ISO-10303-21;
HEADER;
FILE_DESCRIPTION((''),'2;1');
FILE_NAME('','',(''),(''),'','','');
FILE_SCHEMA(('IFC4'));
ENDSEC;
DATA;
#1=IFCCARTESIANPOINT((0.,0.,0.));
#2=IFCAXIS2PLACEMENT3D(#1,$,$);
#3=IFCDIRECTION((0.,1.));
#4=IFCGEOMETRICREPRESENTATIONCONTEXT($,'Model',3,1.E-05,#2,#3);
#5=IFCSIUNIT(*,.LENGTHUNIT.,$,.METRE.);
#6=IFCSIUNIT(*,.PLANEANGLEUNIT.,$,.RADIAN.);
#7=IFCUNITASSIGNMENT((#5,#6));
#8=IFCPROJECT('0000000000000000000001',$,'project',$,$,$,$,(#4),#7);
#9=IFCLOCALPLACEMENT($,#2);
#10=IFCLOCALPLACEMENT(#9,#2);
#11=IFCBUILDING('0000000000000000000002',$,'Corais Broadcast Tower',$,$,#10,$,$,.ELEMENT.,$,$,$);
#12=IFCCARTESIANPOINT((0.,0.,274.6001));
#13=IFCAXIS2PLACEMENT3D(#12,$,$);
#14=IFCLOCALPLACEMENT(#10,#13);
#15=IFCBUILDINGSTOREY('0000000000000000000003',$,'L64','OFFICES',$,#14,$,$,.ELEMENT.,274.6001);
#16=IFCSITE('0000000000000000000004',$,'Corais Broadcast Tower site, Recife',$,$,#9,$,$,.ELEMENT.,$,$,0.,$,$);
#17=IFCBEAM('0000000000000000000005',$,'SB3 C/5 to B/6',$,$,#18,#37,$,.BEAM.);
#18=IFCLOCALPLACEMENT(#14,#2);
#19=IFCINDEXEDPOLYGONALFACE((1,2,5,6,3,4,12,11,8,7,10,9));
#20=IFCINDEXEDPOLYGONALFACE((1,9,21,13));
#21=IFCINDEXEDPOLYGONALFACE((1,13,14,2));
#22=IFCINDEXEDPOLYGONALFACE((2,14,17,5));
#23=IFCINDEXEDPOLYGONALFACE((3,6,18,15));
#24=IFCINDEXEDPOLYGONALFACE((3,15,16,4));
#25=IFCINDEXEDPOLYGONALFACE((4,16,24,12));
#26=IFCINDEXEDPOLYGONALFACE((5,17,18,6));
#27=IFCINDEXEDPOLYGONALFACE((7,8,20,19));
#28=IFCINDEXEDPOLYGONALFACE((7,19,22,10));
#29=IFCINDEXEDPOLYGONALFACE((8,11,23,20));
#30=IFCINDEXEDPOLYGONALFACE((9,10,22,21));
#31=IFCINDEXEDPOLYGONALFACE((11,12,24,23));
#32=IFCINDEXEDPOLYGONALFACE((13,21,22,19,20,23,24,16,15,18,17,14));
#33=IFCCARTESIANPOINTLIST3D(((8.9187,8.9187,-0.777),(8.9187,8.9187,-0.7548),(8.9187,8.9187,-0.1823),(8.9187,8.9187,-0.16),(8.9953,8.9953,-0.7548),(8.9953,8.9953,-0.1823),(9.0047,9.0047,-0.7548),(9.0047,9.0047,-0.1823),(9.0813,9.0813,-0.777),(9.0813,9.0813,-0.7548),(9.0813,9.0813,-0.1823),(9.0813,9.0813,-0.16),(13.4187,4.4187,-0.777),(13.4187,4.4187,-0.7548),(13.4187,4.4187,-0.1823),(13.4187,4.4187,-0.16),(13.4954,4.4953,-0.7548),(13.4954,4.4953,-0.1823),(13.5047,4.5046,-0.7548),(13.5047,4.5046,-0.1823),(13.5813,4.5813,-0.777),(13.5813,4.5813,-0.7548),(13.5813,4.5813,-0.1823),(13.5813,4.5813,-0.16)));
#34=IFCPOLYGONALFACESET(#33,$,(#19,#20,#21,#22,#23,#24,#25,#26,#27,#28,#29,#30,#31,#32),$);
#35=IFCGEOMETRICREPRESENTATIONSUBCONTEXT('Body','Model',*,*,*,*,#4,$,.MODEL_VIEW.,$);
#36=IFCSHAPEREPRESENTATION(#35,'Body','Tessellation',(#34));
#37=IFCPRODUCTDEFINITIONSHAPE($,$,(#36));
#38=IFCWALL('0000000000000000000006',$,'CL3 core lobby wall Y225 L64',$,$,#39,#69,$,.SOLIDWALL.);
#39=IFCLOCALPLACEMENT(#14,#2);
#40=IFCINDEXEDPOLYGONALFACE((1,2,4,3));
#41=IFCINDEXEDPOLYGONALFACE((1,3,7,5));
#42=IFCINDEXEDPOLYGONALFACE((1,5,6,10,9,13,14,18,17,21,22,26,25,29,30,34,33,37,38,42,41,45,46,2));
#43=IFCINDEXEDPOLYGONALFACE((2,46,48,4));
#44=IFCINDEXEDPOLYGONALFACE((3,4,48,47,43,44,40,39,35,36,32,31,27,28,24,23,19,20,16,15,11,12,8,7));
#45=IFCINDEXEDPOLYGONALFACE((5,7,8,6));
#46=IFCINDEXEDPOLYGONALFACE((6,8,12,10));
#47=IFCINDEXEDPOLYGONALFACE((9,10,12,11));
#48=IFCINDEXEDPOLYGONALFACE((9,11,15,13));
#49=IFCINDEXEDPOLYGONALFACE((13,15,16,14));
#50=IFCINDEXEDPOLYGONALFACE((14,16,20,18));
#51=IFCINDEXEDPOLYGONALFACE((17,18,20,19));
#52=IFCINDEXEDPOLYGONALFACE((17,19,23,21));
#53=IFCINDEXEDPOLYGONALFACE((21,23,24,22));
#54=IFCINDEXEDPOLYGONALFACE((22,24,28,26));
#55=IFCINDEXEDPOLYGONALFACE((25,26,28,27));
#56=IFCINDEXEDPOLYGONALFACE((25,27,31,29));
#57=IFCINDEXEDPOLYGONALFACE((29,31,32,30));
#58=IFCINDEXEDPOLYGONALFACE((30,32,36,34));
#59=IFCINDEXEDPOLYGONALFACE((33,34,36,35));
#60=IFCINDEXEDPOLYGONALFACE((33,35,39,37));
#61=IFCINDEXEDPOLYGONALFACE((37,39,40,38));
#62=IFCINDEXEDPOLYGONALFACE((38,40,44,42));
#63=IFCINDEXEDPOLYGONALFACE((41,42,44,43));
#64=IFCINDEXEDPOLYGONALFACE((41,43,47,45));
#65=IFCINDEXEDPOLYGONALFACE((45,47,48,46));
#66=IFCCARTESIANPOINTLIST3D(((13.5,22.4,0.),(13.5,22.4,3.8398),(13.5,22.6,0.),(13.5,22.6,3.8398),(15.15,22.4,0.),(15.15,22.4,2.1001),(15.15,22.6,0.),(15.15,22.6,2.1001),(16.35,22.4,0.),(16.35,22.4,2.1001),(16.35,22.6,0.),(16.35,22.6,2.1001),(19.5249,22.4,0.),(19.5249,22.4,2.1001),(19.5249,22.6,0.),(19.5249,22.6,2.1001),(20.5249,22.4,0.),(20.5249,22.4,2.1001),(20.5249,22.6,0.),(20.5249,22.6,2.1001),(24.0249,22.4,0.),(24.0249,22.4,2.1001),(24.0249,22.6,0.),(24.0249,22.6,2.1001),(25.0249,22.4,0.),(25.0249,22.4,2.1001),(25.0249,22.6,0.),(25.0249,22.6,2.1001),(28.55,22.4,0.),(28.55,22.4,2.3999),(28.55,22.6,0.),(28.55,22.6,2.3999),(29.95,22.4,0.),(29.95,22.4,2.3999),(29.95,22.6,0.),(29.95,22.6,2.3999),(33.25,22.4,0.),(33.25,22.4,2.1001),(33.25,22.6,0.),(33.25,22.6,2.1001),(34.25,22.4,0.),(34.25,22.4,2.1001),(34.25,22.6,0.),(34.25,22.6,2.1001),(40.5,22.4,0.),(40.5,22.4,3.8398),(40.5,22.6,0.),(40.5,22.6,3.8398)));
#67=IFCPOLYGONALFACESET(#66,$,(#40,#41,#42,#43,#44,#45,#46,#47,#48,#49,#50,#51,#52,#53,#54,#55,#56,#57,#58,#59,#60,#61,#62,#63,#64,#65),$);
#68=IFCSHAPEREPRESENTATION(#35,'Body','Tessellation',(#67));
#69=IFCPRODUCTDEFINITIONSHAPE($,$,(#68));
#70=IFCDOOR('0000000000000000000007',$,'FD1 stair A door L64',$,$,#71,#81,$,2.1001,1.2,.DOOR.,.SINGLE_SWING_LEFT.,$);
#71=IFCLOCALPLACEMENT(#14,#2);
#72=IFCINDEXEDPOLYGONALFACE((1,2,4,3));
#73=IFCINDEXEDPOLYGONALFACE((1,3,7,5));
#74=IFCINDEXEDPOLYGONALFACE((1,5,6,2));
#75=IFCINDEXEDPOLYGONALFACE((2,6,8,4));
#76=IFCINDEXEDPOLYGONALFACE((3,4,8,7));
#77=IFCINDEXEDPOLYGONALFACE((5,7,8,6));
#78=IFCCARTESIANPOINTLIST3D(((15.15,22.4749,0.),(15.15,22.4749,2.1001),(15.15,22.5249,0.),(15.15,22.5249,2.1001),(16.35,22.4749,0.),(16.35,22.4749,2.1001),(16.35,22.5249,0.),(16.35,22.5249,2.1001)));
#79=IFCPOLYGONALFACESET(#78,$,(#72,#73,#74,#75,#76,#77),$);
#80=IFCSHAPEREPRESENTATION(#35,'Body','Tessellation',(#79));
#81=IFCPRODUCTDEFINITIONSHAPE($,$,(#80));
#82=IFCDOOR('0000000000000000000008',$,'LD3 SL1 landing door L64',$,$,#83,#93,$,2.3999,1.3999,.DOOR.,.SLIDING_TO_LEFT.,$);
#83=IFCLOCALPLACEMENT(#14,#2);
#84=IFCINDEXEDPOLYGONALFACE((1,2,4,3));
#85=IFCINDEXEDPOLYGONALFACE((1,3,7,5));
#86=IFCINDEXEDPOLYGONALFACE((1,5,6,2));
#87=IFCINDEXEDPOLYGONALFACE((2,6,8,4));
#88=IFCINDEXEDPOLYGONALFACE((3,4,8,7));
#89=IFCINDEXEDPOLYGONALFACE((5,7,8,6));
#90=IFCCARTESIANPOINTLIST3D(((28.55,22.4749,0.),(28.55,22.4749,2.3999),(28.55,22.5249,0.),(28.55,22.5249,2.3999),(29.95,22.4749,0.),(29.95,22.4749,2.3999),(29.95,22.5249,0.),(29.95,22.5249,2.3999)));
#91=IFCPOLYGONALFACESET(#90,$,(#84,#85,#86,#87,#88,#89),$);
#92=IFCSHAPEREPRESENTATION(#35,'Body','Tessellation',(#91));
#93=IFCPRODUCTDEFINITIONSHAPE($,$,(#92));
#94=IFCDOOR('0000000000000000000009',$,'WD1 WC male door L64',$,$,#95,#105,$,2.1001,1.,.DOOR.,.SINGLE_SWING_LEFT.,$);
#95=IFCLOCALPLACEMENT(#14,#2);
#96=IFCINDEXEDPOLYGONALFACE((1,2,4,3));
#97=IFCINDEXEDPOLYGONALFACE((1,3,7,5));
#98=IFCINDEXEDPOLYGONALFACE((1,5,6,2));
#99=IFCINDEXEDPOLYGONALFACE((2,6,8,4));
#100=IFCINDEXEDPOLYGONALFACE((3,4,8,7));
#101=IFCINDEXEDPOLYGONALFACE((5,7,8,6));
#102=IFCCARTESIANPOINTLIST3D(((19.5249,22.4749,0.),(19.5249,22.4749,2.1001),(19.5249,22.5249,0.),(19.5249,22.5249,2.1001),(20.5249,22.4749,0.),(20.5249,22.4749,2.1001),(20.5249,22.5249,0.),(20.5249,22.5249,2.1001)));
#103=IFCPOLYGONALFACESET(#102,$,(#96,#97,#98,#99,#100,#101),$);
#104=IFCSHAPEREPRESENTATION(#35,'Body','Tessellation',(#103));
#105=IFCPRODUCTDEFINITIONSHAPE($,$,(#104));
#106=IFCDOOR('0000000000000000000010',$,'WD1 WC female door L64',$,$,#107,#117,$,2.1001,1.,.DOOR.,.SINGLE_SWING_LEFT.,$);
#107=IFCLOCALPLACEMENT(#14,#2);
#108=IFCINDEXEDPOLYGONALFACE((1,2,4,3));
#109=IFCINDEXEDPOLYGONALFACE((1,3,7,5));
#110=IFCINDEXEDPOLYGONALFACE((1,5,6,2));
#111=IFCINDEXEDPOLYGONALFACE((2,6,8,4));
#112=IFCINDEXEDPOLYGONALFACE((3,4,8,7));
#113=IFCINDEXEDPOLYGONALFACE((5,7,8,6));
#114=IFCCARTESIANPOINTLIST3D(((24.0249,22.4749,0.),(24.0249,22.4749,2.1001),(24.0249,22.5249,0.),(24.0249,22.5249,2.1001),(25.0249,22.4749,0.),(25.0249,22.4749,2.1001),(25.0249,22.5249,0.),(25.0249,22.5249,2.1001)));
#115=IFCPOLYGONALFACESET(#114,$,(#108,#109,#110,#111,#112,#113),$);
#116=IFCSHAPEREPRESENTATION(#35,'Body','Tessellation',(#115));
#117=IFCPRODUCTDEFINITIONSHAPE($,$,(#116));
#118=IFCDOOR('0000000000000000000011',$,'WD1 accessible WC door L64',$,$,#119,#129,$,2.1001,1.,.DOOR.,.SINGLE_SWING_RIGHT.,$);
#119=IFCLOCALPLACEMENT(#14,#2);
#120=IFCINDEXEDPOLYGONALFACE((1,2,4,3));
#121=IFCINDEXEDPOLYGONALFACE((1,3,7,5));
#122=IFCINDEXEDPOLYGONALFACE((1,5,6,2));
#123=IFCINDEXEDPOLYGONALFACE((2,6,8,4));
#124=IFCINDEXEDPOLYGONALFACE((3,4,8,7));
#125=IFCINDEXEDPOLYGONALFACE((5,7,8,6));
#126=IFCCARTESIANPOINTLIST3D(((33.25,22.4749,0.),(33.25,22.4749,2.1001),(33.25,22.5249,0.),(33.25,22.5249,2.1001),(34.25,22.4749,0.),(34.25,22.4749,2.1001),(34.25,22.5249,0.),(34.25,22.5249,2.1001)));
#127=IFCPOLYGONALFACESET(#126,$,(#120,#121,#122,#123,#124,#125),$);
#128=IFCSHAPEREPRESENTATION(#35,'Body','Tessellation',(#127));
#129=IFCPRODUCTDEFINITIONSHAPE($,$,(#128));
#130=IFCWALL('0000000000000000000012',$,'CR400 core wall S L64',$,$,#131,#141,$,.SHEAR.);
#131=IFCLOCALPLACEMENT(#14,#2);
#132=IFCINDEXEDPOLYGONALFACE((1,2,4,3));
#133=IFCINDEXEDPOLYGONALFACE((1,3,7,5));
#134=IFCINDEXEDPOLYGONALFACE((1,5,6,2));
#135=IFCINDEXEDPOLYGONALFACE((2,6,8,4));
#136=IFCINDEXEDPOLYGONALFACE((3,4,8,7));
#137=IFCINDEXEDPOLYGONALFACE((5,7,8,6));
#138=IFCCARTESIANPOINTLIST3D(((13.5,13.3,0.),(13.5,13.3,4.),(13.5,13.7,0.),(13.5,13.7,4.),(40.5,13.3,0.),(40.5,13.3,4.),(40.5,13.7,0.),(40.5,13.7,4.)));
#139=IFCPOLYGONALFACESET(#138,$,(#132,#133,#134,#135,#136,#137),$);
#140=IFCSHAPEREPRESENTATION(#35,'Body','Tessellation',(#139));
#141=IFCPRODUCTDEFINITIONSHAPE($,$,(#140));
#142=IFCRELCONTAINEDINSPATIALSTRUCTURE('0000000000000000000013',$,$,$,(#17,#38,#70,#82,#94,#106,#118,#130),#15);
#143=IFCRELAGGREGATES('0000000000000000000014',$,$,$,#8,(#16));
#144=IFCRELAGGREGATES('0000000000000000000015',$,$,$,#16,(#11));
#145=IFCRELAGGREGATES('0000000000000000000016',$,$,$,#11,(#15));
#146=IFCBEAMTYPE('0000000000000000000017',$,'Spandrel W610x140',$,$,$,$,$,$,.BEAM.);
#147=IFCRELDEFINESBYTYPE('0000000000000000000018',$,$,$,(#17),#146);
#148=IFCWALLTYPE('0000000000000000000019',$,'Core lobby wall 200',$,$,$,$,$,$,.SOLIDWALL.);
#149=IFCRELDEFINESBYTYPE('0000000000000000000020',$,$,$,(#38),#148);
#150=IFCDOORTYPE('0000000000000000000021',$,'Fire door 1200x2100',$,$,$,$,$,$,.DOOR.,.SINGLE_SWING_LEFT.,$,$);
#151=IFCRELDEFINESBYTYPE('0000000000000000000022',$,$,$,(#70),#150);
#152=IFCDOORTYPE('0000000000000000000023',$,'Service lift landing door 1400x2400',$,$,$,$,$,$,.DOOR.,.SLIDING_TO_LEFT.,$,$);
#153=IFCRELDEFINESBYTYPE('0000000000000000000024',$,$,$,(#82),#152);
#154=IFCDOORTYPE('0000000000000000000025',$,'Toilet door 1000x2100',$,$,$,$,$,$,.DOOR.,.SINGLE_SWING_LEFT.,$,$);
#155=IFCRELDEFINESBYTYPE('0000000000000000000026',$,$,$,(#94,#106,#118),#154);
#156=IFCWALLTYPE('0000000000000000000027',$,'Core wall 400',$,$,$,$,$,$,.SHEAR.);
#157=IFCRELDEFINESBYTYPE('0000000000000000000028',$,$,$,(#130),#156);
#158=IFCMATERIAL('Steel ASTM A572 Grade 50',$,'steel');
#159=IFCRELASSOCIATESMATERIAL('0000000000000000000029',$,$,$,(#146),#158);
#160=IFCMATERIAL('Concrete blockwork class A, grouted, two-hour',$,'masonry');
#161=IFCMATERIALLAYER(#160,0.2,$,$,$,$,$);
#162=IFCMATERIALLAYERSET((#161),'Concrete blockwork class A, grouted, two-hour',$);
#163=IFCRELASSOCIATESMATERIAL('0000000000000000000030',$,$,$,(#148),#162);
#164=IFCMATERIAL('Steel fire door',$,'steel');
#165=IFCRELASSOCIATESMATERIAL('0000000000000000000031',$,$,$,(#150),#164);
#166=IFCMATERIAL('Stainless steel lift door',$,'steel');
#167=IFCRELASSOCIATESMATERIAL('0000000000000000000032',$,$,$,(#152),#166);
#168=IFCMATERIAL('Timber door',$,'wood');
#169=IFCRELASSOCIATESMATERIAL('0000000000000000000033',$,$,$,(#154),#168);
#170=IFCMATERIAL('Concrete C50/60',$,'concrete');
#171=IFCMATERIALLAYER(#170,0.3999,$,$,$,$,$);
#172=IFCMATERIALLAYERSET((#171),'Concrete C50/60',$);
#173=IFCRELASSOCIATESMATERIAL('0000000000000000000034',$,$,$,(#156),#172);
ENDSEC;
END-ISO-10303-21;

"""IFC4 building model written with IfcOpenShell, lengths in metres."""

from ifc_helpers import new_model, si_unit, direction, frame, frame_2d, origin, origin_2d, place, context, subcontext, project, spatial, rectangle, i_section, extrude, material, layer, layer_set, material_profile, profile_set, type_object, element, fill, save


model = new_model("IFC4")

# Units and contexts
model_context = context("Model", 3, precision=1e-05, world=origin(), true_north=direction((0.0, 1.0)))
body_context = subcontext(model_context, "Body", "Model", "MODEL_VIEW")
ifc_project = project(units=[si_unit("LENGTHUNIT", "METRE"), si_unit("PLANEANGLEUNIT", "RADIAN")], contexts=[model_context])

# Site, building, storey
site_placement = place(None, origin())
site = spatial("IfcSite", under=ifc_project, at=site_placement, Name="Corais Broadcast Tower site, Recife", CompositionType="ELEMENT", RefElevation=0.0)
building_placement = place(site_placement, origin())
building = spatial("IfcBuilding", under=site, at=building_placement, Name="Corais Broadcast Tower", CompositionType="ELEMENT")
storey_placement = place(building_placement, frame((0.0, 0.0, 274.6001)))
storey = spatial("IfcBuildingStorey", under=building, at=storey_placement, Name="L64", Description="OFFICES", CompositionType="ELEMENT", Elevation=274.6001)

# Beam
ifc_material_1 = material(Name="Steel ASTM A572 Grade 50", Category="steel")
ifc_material_profile = material_profile(ifc_material_1, i_section(OverallWidth=0.23, OverallDepth=0.6169, WebThickness=0.0132, FlangeThickness=0.0222, at=origin_2d()), Name="W610x140")
ifc_profile_set = profile_set([ifc_material_profile], Name="Steel ASTM A572 Grade 50")
beam_type = type_object("IfcBeamType", Name="Spandrel W610x140", PredefinedType="BEAM", material=ifc_profile_set)
beam_placement = place(storey_placement, frame((9.0, 9.0, -0.4685), z_axis=(0.707107, -0.707107, 0.0), x_axis=(0.707107, 0.707107, 0.0)))
element("IfcBeam", 1, at=beam_placement, inside=storey, type_object=beam_type, Name="SB3 C/5 to B/6", PredefinedType="BEAM", context=body_context, shape_type="SweptSolid", body=[
    extrude(i_section(OverallWidth=0.23, OverallDepth=0.6169, WebThickness=0.0132, FlangeThickness=0.0222, at=origin_2d()), origin(), (0.0, 0.0, 1.0), 6.364),
])

# Wall, openings, doors
ifc_material_2 = material(Name="Concrete blockwork class A, grouted, two-hour", Category="masonry")
ifc_layer_1 = layer(ifc_material_2, 0.2)
ifc_layer_set_1 = layer_set([ifc_layer_1], Name="Concrete blockwork class A, grouted, two-hour")
wall_type_1 = type_object("IfcWallType", Name="Core lobby wall 200", PredefinedType="SOLIDWALL", material=ifc_layer_set_1)
wall_1_placement = place(storey_placement, frame((13.5, 22.5, 0.0), z_axis=(0.0, 0.0, 1.0), x_axis=(1.0, 0.0, 0.0)))
wall_1 = element("IfcWall", 2, at=wall_1_placement, inside=storey, type_object=wall_type_1, Name="CL3 core lobby wall Y225 L64", PredefinedType="SOLIDWALL", context=body_context, shape_type="SweptSolid", body=[
    extrude(rectangle(XDim=27.0, YDim=0.2, at=frame_2d((13.5, 0.0))), origin(), (0.0, 0.0, 1.0), 3.8398),
])
opening_1_placement = place(wall_1_placement, frame((1.6499, 0.0, 0.0)))
opening_1 = element("IfcOpeningElement", 3, at=opening_1_placement, cuts=wall_1, PredefinedType="OPENING", context=body_context, shape_type="SweptSolid", body=[
    extrude(rectangle(XDim=1.2, YDim=2.1001, at=frame_2d((0.6001, 1.05))), frame((0.0, 0.1099, 0.0), z_axis=(0.0, -1.0, 0.0), x_axis=(1.0, 0.0, 0.0)), (0.0, 0.0, 1.0), 0.22),
])
opening_2_placement = place(wall_1_placement, frame((6.0249, 0.0, 0.0)))
opening_2 = element("IfcOpeningElement", 4, at=opening_2_placement, cuts=wall_1, PredefinedType="OPENING", context=body_context, shape_type="SweptSolid", body=[
    extrude(rectangle(XDim=1.0, YDim=2.1001, at=frame_2d((0.5, 1.05))), frame((0.0, 0.1099, 0.0), z_axis=(0.0, -1.0, 0.0), x_axis=(1.0, 0.0, 0.0)), (0.0, 0.0, 1.0), 0.22),
])
opening_3_placement = place(wall_1_placement, frame((10.5249, 0.0, 0.0)))
opening_3 = element("IfcOpeningElement", 5, at=opening_3_placement, cuts=wall_1, PredefinedType="OPENING", context=body_context, shape_type="SweptSolid", body=[
    extrude(rectangle(XDim=1.0, YDim=2.1001, at=frame_2d((0.5, 1.05))), frame((0.0, 0.1099, 0.0), z_axis=(0.0, -1.0, 0.0), x_axis=(1.0, 0.0, 0.0)), (0.0, 0.0, 1.0), 0.22),
])
opening_4_placement = place(wall_1_placement, frame((19.75, 0.0, 0.0)))
opening_4 = element("IfcOpeningElement", 6, at=opening_4_placement, cuts=wall_1, PredefinedType="OPENING", context=body_context, shape_type="SweptSolid", body=[
    extrude(rectangle(XDim=1.0, YDim=2.1001, at=frame_2d((0.5, 1.05))), frame((0.0, 0.1099, 0.0), z_axis=(0.0, -1.0, 0.0), x_axis=(1.0, 0.0, 0.0)), (0.0, 0.0, 1.0), 0.22),
])
opening_5_placement = place(wall_1_placement, frame((15.05, 0.0, 0.0)))
opening_5 = element("IfcOpeningElement", 7, at=opening_5_placement, cuts=wall_1, PredefinedType="OPENING", context=body_context, shape_type="SweptSolid", body=[
    extrude(rectangle(XDim=1.3999, YDim=2.3999, at=frame_2d((0.7, 1.2))), frame((0.0, 0.1099, 0.0), z_axis=(0.0, -1.0, 0.0), x_axis=(1.0, 0.0, 0.0)), (0.0, 0.0, 1.0), 0.22),
])
ifc_material_3 = material(Name="Steel fire door", Category="steel")
door_type_1 = type_object("IfcDoorType", Name="Fire door 1200x2100", OperationType="SINGLE_SWING_LEFT", PredefinedType="DOOR", material=ifc_material_3)
door_1_placement = place(opening_1_placement, origin())
door_1 = element("IfcDoor", 8, at=door_1_placement, inside=storey, type_object=door_type_1, Name="FD1 stair A door L64", OperationType="SINGLE_SWING_LEFT", OverallHeight=2.1001, OverallWidth=1.2, PredefinedType="DOOR", context=body_context, shape_type="SweptSolid", body=[
    extrude(rectangle(XDim=1.2, YDim=2.1001, at=frame_2d((0.6001, 1.05))), frame((0.0, 0.0249, 0.0), z_axis=(0.0, -1.0, 0.0), x_axis=(1.0, 0.0, 0.0)), (0.0, 0.0, 1.0), 0.05),
])
fill(opening_1, door_1)
ifc_material_4 = material(Name="Stainless steel lift door", Category="steel")
door_type_2 = type_object("IfcDoorType", Name="Service lift landing door 1400x2400", OperationType="SLIDING_TO_LEFT", PredefinedType="DOOR", material=ifc_material_4)
door_2_placement = place(opening_5_placement, origin())
door_2 = element("IfcDoor", 9, at=door_2_placement, inside=storey, type_object=door_type_2, Name="LD3 SL1 landing door L64", OperationType="SLIDING_TO_LEFT", OverallHeight=2.3999, OverallWidth=1.3999, PredefinedType="DOOR", context=body_context, shape_type="SweptSolid", body=[
    extrude(rectangle(XDim=1.3999, YDim=2.3999, at=frame_2d((0.7, 1.2))), frame((0.0, 0.0249, 0.0), z_axis=(0.0, -1.0, 0.0), x_axis=(1.0, 0.0, 0.0)), (0.0, 0.0, 1.0), 0.05),
])
fill(opening_5, door_2)
ifc_material_5 = material(Name="Timber door", Category="wood")
door_type_3 = type_object("IfcDoorType", Name="Toilet door 1000x2100", OperationType="SINGLE_SWING_LEFT", PredefinedType="DOOR", material=ifc_material_5)
door_3_placement = place(opening_2_placement, origin())
door_3 = element("IfcDoor", 10, at=door_3_placement, inside=storey, type_object=door_type_3, Name="WD1 WC male door L64", OperationType="SINGLE_SWING_LEFT", OverallHeight=2.1001, OverallWidth=1.0, PredefinedType="DOOR", context=body_context, shape_type="SweptSolid", body=[
    extrude(rectangle(XDim=1.0, YDim=2.1001, at=frame_2d((0.5, 1.05))), frame((0.0, 0.0249, 0.0), z_axis=(0.0, -1.0, 0.0), x_axis=(1.0, 0.0, 0.0)), (0.0, 0.0, 1.0), 0.05),
])
fill(opening_2, door_3)
door_4_placement = place(opening_3_placement, origin())
door_4 = element("IfcDoor", 11, at=door_4_placement, inside=storey, type_object=door_type_3, Name="WD1 WC female door L64", OperationType="SINGLE_SWING_LEFT", OverallHeight=2.1001, OverallWidth=1.0, PredefinedType="DOOR", context=body_context, shape_type="SweptSolid", body=[
    extrude(rectangle(XDim=1.0, YDim=2.1001, at=frame_2d((0.5, 1.05))), frame((0.0, 0.0249, 0.0), z_axis=(0.0, -1.0, 0.0), x_axis=(1.0, 0.0, 0.0)), (0.0, 0.0, 1.0), 0.05),
])
fill(opening_3, door_4)
door_5_placement = place(opening_4_placement, origin())
door_5 = element("IfcDoor", 12, at=door_5_placement, inside=storey, type_object=door_type_3, Name="WD1 accessible WC door L64", OperationType="SINGLE_SWING_RIGHT", OverallHeight=2.1001, OverallWidth=1.0, PredefinedType="DOOR", context=body_context, shape_type="SweptSolid", body=[
    extrude(rectangle(XDim=1.0, YDim=2.1001, at=frame_2d((0.5, 1.05))), frame((0.0, 0.0249, 0.0), z_axis=(0.0, -1.0, 0.0), x_axis=(1.0, 0.0, 0.0)), (0.0, 0.0, 1.0), 0.05),
])
fill(opening_4, door_5)

# Wall
ifc_material_6 = material(Name="Concrete C50/60", Category="concrete")
ifc_layer_2 = layer(ifc_material_6, 0.3999)
ifc_layer_set_2 = layer_set([ifc_layer_2], Name="Concrete C50/60")
wall_type_2 = type_object("IfcWallType", Name="Core wall 400", PredefinedType="SHEAR", material=ifc_layer_set_2)
wall_2_placement = place(storey_placement, frame((13.5, 13.5, 0.0), z_axis=(0.0, 0.0, 1.0), x_axis=(1.0, 0.0, 0.0)))
element("IfcWall", 13, at=wall_2_placement, inside=storey, type_object=wall_type_2, Name="CR400 core wall S L64", PredefinedType="SHEAR", context=body_context, shape_type="SweptSolid", body=[
    extrude(rectangle(XDim=27.0, YDim=0.3999, at=frame_2d((13.5, 0.0))), origin(), (0.0, 0.0, 1.0), 4.0),
])

save(model, "model.ifc")
